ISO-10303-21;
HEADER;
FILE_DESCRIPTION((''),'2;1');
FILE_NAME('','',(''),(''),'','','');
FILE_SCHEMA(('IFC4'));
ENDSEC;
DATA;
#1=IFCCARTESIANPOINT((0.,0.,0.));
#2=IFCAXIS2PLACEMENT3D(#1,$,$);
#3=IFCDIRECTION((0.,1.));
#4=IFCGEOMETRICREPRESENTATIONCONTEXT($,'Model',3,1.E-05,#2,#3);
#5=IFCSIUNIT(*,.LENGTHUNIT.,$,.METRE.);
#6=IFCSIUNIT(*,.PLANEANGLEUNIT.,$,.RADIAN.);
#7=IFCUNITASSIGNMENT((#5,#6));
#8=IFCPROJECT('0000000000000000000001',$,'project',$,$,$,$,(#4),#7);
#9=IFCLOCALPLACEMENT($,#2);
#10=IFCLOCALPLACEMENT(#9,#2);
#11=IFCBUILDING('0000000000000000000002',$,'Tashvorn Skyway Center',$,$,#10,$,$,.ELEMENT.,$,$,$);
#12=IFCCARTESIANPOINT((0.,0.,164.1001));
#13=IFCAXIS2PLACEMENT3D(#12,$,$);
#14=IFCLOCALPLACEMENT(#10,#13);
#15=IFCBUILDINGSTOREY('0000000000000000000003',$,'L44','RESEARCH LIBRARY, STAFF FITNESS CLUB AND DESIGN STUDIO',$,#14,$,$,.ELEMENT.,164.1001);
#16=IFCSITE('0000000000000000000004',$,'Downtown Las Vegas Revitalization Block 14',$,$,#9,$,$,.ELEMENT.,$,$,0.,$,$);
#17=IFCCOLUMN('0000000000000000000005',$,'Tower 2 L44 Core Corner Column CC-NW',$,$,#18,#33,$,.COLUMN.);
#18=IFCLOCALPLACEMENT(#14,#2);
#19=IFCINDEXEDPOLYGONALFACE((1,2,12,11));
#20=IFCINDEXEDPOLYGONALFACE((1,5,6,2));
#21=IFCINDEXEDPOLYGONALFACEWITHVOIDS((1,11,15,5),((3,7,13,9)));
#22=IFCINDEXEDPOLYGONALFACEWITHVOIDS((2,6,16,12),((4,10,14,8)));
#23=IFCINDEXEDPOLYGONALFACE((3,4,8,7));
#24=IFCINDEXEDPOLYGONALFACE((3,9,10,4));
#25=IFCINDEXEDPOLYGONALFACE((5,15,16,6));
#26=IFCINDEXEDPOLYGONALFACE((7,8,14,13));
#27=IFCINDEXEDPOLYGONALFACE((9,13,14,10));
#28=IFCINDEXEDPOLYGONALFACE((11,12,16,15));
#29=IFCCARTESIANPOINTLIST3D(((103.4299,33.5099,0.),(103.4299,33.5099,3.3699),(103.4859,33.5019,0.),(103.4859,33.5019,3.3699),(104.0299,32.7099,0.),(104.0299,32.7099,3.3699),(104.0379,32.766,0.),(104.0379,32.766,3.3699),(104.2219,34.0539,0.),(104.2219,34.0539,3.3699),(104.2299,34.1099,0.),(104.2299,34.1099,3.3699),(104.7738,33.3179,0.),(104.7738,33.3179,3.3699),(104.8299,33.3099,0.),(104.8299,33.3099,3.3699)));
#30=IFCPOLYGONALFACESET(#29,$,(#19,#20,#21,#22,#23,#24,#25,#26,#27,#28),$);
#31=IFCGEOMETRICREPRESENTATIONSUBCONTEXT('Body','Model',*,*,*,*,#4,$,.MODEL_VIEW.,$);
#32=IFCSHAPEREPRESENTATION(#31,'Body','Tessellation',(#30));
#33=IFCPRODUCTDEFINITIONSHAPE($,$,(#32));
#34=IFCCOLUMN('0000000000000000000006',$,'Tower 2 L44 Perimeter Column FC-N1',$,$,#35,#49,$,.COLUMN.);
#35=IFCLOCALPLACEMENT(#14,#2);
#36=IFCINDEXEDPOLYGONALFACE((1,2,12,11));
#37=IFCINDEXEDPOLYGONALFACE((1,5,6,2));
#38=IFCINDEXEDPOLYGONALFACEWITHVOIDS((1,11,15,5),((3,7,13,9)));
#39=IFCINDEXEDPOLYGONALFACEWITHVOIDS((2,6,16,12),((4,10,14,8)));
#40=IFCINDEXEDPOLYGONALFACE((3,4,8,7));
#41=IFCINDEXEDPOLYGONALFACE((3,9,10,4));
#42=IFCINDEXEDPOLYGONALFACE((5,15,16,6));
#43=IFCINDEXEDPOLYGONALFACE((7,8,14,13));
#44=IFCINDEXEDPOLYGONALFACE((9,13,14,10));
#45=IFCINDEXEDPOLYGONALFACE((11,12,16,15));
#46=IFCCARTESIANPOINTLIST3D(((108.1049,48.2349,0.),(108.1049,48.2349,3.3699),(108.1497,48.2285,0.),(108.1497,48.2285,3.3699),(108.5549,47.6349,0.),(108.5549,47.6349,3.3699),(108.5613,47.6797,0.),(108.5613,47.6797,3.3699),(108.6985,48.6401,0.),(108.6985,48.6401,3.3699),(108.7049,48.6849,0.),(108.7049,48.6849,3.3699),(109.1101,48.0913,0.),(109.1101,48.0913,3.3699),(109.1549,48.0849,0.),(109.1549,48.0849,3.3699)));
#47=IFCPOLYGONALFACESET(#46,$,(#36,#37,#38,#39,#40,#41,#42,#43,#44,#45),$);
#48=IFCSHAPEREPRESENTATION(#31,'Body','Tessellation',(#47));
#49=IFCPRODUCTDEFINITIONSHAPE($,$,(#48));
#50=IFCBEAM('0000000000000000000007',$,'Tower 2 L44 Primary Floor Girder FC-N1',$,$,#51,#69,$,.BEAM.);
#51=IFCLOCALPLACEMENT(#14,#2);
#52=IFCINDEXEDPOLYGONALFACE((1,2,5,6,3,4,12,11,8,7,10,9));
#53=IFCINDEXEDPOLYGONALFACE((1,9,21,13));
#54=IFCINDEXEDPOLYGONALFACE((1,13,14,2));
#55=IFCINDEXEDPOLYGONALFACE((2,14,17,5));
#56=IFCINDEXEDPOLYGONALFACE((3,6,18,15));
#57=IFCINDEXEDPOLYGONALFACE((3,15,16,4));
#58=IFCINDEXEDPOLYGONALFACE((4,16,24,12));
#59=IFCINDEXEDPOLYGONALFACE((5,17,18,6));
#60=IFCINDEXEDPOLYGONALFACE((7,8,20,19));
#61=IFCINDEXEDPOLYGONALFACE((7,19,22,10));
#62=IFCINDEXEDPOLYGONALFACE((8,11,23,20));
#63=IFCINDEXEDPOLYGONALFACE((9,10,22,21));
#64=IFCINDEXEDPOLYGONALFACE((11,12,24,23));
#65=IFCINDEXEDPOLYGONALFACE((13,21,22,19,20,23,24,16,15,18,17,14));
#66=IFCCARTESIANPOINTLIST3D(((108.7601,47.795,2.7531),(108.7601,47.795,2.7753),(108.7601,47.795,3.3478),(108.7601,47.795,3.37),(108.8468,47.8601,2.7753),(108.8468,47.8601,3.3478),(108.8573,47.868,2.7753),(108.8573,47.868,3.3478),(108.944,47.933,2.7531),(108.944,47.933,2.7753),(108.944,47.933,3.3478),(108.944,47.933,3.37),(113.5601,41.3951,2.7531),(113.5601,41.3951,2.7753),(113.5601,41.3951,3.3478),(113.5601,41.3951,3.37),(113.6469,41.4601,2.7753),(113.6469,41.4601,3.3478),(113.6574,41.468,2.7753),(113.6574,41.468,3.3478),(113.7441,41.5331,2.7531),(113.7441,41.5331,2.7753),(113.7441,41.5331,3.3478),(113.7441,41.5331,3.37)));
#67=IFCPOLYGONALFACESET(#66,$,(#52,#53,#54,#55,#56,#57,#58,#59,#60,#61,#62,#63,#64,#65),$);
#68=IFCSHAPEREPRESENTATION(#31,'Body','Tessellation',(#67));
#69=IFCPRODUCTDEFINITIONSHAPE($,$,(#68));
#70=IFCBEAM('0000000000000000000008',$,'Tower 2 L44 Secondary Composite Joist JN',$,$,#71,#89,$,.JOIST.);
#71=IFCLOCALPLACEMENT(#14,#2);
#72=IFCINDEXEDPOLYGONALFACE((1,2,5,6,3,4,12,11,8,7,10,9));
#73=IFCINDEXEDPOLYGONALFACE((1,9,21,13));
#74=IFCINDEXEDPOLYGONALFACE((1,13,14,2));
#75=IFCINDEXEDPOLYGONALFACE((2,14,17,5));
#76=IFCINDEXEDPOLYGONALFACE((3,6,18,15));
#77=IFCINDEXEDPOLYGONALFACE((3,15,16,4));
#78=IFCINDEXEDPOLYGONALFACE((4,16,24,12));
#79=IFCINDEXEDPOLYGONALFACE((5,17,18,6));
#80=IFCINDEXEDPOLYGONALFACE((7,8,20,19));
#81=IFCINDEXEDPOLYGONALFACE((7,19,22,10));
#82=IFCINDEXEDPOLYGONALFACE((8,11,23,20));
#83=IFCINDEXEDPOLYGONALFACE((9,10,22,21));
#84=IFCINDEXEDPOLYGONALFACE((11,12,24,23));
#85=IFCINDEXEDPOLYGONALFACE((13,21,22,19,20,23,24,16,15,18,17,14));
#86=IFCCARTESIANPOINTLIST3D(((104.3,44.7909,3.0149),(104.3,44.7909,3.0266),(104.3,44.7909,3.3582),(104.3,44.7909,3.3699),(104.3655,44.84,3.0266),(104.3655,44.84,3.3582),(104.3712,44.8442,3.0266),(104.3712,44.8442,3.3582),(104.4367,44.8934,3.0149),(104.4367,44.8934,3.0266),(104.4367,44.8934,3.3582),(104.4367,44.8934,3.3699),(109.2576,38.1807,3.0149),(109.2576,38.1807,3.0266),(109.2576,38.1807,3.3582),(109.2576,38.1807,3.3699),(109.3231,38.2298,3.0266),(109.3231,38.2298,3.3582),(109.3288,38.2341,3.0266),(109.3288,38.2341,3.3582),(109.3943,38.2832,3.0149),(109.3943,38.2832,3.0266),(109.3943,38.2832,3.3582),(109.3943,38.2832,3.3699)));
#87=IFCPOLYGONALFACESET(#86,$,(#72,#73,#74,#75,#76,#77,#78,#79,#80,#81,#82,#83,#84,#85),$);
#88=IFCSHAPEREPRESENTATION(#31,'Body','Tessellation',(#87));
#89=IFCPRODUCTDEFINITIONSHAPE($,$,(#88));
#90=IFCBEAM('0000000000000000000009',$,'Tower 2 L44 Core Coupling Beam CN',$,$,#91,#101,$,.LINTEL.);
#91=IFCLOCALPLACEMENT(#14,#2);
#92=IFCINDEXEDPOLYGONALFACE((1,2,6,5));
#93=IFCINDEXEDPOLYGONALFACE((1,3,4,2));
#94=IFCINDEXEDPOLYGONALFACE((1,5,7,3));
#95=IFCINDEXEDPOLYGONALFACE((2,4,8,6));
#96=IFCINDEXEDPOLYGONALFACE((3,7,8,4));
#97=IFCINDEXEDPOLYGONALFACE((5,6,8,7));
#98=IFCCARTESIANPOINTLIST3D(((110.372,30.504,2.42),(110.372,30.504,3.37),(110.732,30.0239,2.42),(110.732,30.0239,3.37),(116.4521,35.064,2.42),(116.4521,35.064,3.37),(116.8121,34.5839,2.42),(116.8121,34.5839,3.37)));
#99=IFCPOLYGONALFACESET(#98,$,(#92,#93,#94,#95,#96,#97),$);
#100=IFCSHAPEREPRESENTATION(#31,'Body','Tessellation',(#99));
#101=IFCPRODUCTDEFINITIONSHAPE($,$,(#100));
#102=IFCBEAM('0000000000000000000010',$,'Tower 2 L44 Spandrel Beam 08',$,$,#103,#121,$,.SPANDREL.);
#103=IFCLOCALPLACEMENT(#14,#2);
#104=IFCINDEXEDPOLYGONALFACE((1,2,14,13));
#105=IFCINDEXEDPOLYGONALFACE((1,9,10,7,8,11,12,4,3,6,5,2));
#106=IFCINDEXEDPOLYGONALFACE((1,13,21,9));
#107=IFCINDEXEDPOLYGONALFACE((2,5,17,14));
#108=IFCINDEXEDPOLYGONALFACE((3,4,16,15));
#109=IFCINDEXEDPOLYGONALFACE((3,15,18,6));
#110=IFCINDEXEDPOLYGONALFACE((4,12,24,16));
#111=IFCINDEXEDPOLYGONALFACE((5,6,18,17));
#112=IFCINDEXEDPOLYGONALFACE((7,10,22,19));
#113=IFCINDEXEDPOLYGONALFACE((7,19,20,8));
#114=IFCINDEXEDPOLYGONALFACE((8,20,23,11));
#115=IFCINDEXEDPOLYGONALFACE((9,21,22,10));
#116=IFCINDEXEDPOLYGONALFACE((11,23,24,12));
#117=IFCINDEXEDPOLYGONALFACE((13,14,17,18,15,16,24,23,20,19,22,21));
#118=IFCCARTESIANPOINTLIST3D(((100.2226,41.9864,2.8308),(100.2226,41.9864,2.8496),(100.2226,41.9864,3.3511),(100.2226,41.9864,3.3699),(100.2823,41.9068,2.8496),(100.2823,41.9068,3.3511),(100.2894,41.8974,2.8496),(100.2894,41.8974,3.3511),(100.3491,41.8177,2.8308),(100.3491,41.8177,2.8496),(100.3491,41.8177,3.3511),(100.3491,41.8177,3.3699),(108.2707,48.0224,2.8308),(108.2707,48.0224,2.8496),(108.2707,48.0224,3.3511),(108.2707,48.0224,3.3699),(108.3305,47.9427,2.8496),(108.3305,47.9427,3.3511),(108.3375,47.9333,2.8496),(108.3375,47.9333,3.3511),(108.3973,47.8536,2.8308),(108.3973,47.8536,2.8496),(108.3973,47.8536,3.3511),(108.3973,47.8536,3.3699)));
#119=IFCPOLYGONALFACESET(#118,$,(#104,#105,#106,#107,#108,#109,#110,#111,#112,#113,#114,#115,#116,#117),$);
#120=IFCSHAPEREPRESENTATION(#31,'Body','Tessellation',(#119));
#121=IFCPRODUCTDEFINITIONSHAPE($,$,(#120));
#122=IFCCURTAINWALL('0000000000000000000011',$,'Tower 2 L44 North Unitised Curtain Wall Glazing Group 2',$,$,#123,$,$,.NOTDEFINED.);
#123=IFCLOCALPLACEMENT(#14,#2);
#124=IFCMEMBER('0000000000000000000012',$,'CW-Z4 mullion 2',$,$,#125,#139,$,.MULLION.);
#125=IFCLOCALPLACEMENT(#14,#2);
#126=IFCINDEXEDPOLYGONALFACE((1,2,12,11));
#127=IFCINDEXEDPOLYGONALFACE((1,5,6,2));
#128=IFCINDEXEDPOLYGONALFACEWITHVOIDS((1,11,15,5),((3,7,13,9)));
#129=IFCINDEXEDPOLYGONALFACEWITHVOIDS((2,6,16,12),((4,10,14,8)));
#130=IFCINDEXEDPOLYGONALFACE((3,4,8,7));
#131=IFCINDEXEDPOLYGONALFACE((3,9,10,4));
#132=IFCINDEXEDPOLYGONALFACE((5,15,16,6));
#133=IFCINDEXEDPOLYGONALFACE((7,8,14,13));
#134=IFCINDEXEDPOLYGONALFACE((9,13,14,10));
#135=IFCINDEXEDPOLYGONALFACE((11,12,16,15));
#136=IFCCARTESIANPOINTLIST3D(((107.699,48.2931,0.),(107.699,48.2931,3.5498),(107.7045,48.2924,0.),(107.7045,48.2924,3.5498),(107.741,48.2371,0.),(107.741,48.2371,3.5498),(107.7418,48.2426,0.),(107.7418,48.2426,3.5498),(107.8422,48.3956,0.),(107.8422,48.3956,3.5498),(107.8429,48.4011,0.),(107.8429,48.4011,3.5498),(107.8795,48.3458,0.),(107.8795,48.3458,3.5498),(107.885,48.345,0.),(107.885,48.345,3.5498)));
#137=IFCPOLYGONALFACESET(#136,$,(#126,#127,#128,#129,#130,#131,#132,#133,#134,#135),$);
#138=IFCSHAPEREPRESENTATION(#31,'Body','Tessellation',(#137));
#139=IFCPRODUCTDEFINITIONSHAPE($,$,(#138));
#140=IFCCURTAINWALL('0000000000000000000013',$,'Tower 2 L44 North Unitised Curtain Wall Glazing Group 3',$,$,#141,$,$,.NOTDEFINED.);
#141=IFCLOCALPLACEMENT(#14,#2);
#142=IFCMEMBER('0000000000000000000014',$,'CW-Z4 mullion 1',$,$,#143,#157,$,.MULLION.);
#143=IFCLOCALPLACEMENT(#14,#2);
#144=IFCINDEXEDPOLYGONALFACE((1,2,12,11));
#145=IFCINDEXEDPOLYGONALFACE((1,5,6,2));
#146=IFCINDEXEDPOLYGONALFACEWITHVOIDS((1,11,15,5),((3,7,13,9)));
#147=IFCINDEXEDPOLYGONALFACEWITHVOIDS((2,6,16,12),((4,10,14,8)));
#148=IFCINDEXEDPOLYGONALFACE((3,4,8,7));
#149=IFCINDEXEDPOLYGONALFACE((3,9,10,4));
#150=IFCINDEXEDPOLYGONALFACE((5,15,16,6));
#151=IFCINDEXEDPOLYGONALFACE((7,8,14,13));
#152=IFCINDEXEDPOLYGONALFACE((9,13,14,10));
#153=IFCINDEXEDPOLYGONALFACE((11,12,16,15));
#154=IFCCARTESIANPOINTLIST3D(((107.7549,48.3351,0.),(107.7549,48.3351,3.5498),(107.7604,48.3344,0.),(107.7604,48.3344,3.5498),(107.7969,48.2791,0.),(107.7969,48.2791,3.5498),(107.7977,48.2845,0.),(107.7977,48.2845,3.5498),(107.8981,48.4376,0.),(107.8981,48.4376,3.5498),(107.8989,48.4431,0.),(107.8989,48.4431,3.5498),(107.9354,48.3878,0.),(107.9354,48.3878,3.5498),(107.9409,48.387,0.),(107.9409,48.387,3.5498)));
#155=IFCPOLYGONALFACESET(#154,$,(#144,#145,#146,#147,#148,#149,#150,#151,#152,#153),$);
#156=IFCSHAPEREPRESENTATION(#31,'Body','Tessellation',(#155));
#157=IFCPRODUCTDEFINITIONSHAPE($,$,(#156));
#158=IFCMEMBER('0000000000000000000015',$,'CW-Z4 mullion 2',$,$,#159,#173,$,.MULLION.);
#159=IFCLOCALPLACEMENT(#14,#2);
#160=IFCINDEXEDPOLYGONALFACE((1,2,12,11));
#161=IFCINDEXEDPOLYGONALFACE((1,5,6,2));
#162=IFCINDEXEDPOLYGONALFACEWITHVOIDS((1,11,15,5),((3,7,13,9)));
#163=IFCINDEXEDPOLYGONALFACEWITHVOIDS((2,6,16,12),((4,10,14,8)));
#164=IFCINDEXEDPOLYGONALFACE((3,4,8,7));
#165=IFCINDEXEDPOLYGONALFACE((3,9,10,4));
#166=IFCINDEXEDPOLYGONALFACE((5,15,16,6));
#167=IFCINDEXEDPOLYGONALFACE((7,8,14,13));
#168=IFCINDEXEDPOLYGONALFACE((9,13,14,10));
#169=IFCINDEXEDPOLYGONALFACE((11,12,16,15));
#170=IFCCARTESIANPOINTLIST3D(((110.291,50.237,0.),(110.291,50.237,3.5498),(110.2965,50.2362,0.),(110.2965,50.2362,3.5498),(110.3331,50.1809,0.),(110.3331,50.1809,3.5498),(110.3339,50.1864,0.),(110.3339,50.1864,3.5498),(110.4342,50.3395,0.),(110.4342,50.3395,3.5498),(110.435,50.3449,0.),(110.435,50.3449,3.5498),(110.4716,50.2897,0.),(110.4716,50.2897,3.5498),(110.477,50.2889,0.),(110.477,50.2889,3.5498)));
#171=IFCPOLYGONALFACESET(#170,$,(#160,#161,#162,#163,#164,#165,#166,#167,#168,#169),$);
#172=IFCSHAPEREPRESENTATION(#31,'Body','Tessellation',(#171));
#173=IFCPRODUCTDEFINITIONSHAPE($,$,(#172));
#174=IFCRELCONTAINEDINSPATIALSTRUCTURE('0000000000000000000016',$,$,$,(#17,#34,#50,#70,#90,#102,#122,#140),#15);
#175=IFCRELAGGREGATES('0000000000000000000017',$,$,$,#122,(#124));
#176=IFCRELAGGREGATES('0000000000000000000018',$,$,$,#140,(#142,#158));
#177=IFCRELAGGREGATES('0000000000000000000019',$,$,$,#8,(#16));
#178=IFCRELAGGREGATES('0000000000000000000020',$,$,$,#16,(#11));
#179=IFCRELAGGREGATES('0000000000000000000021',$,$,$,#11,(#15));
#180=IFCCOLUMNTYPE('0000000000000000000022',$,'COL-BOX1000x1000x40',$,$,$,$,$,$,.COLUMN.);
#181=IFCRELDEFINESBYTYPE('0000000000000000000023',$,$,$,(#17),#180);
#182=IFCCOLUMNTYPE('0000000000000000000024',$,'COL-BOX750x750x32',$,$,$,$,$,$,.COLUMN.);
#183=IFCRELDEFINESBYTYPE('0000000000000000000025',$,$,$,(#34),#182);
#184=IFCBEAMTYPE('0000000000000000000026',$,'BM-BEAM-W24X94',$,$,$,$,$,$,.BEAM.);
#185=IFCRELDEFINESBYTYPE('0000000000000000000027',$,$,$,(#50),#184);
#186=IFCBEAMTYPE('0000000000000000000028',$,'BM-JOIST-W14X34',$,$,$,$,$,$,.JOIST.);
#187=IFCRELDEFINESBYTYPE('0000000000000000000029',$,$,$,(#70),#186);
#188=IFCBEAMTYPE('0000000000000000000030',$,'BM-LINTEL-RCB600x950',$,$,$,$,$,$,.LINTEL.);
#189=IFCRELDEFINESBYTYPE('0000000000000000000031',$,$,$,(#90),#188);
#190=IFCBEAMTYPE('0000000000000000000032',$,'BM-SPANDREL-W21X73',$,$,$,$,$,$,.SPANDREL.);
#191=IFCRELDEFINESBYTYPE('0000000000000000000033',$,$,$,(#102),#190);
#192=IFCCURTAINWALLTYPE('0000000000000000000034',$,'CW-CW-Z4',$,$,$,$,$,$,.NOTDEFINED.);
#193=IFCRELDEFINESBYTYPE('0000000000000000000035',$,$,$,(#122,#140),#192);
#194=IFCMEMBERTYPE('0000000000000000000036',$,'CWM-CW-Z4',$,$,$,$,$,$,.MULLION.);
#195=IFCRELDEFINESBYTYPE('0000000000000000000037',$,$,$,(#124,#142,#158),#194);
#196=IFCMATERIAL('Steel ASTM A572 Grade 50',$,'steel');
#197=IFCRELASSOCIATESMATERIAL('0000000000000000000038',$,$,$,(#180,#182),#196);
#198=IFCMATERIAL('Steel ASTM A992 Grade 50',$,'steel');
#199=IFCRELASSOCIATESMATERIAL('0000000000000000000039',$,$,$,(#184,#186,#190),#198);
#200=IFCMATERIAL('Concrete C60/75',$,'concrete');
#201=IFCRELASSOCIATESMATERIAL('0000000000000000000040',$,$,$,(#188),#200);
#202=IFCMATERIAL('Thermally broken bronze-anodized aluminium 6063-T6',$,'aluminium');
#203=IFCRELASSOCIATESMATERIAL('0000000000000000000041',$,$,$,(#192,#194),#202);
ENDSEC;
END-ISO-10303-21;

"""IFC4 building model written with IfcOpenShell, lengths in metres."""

from ifc_helpers import new_model, si_unit, direction, frame, origin, origin_2d, place, context, subcontext, project, spatial, rectangle, hollow_rectangle, i_section, extrude, material, material_profile, profile_set, type_object, element, aggregate, save


model = new_model("IFC4")

# Units and contexts
model_context = context("Model", 3, precision=1e-05, world=origin(), true_north=direction((0.0, 1.0)))
body_context = subcontext(model_context, "Body", "Model", "MODEL_VIEW")
ifc_project = project(units=[si_unit("LENGTHUNIT", "METRE"), si_unit("PLANEANGLEUNIT", "RADIAN")], contexts=[model_context])

# Site, building, storey
site_placement = place(None, origin())
site = spatial("IfcSite", under=ifc_project, at=site_placement, Name="Downtown Las Vegas Revitalization Block 14", CompositionType="ELEMENT", RefElevation=0.0)
building_placement = place(site_placement, origin())
building = spatial("IfcBuilding", under=site, at=building_placement, Name="Tashvorn Skyway Center", CompositionType="ELEMENT")
storey_placement = place(building_placement, frame((0.0, 0.0, 164.1001)))
storey = spatial("IfcBuildingStorey", under=building, at=storey_placement, Name="L44", Description="RESEARCH LIBRARY, STAFF FITNESS CLUB AND DESIGN STUDIO", CompositionType="ELEMENT", Elevation=164.1001)

# Columns
ifc_material_1 = material(Name="Steel ASTM A572 Grade 50", Category="steel")
ifc_material_profile_1 = material_profile(ifc_material_1, hollow_rectangle(XDim=1.0, YDim=1.0, WallThickness=0.04, at=origin_2d()), Name="BOX1000x1000x40")
ifc_profile_set_1 = profile_set([ifc_material_profile_1], Name="Steel ASTM A572 Grade 50")
column_type_1 = type_object("IfcColumnType", Name="COL-BOX1000x1000x40", PredefinedType="COLUMN", material=ifc_profile_set_1)
column_1_placement = place(storey_placement, frame((104.1299, 33.4099, 0.0), z_axis=(0.0, 0.0, 1.0), x_axis=(0.8, 0.6, 0.0)))
element("IfcColumn", 1, at=column_1_placement, inside=storey, type_object=column_type_1, Name="Tower 2 L44 Core Corner Column CC-NW", PredefinedType="COLUMN", context=body_context, shape_type="SweptSolid", body=[
    extrude(hollow_rectangle(XDim=1.0, YDim=1.0, WallThickness=0.04, at=origin_2d()), origin(), (0.0, 0.0, 1.0), 3.3699),
])
ifc_material_profile_2 = material_profile(ifc_material_1, hollow_rectangle(XDim=0.75, YDim=0.75, WallThickness=0.032, at=origin_2d()), Name="BOX750x750x32")
ifc_profile_set_2 = profile_set([ifc_material_profile_2], Name="Steel ASTM A572 Grade 50")
column_type_2 = type_object("IfcColumnType", Name="COL-BOX750x750x32", PredefinedType="COLUMN", material=ifc_profile_set_2)
column_2_placement = place(storey_placement, frame((108.6299, 48.1599, 0.0), z_axis=(0.0, 0.0, 1.0), x_axis=(0.8, 0.6, 0.0)))
element("IfcColumn", 2, at=column_2_placement, inside=storey, type_object=column_type_2, Name="Tower 2 L44 Perimeter Column FC-N1", PredefinedType="COLUMN", context=body_context, shape_type="SweptSolid", body=[
    extrude(hollow_rectangle(XDim=0.75, YDim=0.75, WallThickness=0.032, at=origin_2d()), origin(), (0.0, 0.0, 1.0), 3.3699),
])

# Beams
ifc_material_2 = material(Name="Steel ASTM A992 Grade 50", Category="steel")
ifc_material_profile_3 = material_profile(ifc_material_2, i_section(OverallWidth=0.23, OverallDepth=0.6169, WebThickness=0.0132, FlangeThickness=0.0222, at=origin_2d()), Name="W24X94")
ifc_profile_set_3 = profile_set([ifc_material_profile_3], Name="Steel ASTM A992 Grade 50")
beam_type_1 = type_object("IfcBeamType", Name="BM-BEAM-W24X94", PredefinedType="BEAM", material=ifc_profile_set_3)
beam_1_placement = place(storey_placement, frame((108.8521, 47.864, 3.0615), z_axis=(0.60001, -0.799993, 0.0), x_axis=(0.799993, 0.60001, 0.0)))
element("IfcBeam", 3, at=beam_1_placement, inside=storey, type_object=beam_type_1, Name="Tower 2 L44 Primary Floor Girder FC-N1", PredefinedType="BEAM", context=body_context, shape_type="SweptSolid", body=[
    extrude(i_section(OverallWidth=0.23, OverallDepth=0.6169, WebThickness=0.0132, FlangeThickness=0.0222, at=origin_2d()), origin(), (0.0, 0.0, 1.0), 8.0),
])
ifc_material_profile_4 = material_profile(ifc_material_2, i_section(OverallWidth=0.1709, OverallDepth=0.355, WebThickness=0.0071, FlangeThickness=0.0117, at=origin_2d()), Name="W14X34")
ifc_profile_set_4 = profile_set([ifc_material_profile_4], Name="Steel ASTM A992 Grade 50")
beam_type_2 = type_object("IfcBeamType", Name="BM-JOIST-W14X34", PredefinedType="JOIST", material=ifc_profile_set_4)
beam_2_placement = place(storey_placement, frame((109.3259, 38.2319, 3.1924), z_axis=(-0.599995, 0.800004, 0.0), x_axis=(-0.800004, -0.599995, 0.0)))
element("IfcBeam", 4, at=beam_2_placement, inside=storey, type_object=beam_type_2, Name="Tower 2 L44 Secondary Composite Joist JN", PredefinedType="JOIST", context=body_context, shape_type="SweptSolid", body=[
    extrude(i_section(OverallWidth=0.1709, OverallDepth=0.355, WebThickness=0.0071, FlangeThickness=0.0117, at=origin_2d()), origin(), (0.0, 0.0, 1.0), 8.2627),
])
ifc_material_3 = material(Name="Concrete C60/75", Category="concrete")
ifc_material_profile_5 = material_profile(ifc_material_3, rectangle(XDim=0.6001, YDim=0.95, at=origin_2d()), Name="RCB600x950")
ifc_profile_set_5 = profile_set([ifc_material_profile_5], Name="Concrete C60/75")
beam_type_3 = type_object("IfcBeamType", Name="BM-LINTEL-RCB600x950", PredefinedType="LINTEL", material=ifc_profile_set_5)
beam_3_placement = place(storey_placement, frame((110.552, 30.2639, 2.895), z_axis=(0.8, 0.6, 0.0), x_axis=(-0.6, 0.8, 0.0)))
element("IfcBeam", 5, at=beam_3_placement, inside=storey, type_object=beam_type_3, Name="Tower 2 L44 Core Coupling Beam CN", PredefinedType="LINTEL", context=body_context, shape_type="SweptSolid", body=[
    extrude(rectangle(XDim=0.6001, YDim=0.95, at=origin_2d()), origin(), (0.0, 0.0, 1.0), 7.6001),
])
ifc_material_profile_6 = material_profile(ifc_material_2, i_section(OverallWidth=0.2109, OverallDepth=0.5391, WebThickness=0.0117, FlangeThickness=0.0188, at=origin_2d()), Name="W21X73")
ifc_profile_set_6 = profile_set([ifc_material_profile_6], Name="Steel ASTM A992 Grade 50")
beam_type_4 = type_object("IfcBeamType", Name="BM-SPANDREL-W21X73", PredefinedType="SPANDREL", material=ifc_profile_set_6)
beam_4_placement = place(storey_placement, frame((108.334, 47.938, 3.1003), z_axis=(-0.800009, -0.599988, 0.0), x_axis=(0.599988, -0.800009, 0.0)))
element("IfcBeam", 6, at=beam_4_placement, inside=storey, type_object=beam_type_4, Name="Tower 2 L44 Spandrel Beam 08", PredefinedType="SPANDREL", context=body_context, shape_type="SweptSolid", body=[
    extrude(i_section(OverallWidth=0.2109, OverallDepth=0.5391, WebThickness=0.0117, FlangeThickness=0.0188, at=origin_2d()), origin(), (0.0, 0.0, 1.0), 10.0601),
])

# Curtain wall, member
ifc_material_4 = material(Name="Thermally broken bronze-anodized aluminium 6063-T6", Category="aluminium")
curtain_wall_type = type_object("IfcCurtainWallType", Name="CW-CW-Z4", PredefinedType="NOTDEFINED", material=ifc_material_4)
curtain_wall_1_placement = place(storey_placement, origin())
curtain_wall_1 = element("IfcCurtainWall", 7, at=curtain_wall_1_placement, inside=storey, type_object=curtain_wall_type, Name="Tower 2 L44 North Unitised Curtain Wall Glazing Group 2", PredefinedType="NOTDEFINED")
ifc_material_profile_7 = material_profile(ifc_material_4, hollow_rectangle(XDim=0.0701, YDim=0.1799, WallThickness=0.0039, at=origin_2d()), Name="ALU-MULL-70x180")
ifc_profile_set_7 = profile_set([ifc_material_profile_7], Name="Thermally broken bronze-anodized aluminium 6063-T6")
member_type_1 = type_object("IfcMemberType", Name="CWM-CW-Z4", PredefinedType="MULLION", material=ifc_profile_set_7)
member_1_placement = place(storey_placement, frame((107.792, 48.3191, 0.0), z_axis=(0.0, 0.0, 1.0), x_axis=(-0.6, 0.8, 0.0)))
member_1 = element("IfcMember", 8, at=member_1_placement, type_object=member_type_1, Name="CW-Z4 mullion 2", PredefinedType="MULLION", context=body_context, shape_type="SweptSolid", body=[
    extrude(hollow_rectangle(XDim=0.0701, YDim=0.1799, WallThickness=0.0039, at=origin_2d()), origin(), (0.0, 0.0, 1.0), 3.5498),
])
aggregate(curtain_wall_1, [member_1])

# Curtain wall, members
curtain_wall_2_placement = place(storey_placement, origin())
curtain_wall_2 = element("IfcCurtainWall", 9, at=curtain_wall_2_placement, inside=storey, type_object=curtain_wall_type, Name="Tower 2 L44 North Unitised Curtain Wall Glazing Group 3", PredefinedType="NOTDEFINED")
member_2_placement = place(storey_placement, frame((107.8479, 48.3611, 0.0), z_axis=(0.0, 0.0, 1.0), x_axis=(-0.6, 0.8, 0.0)))
member_2 = element("IfcMember", 10, at=member_2_placement, type_object=member_type_1, Name="CW-Z4 mullion 1", PredefinedType="MULLION", context=body_context, shape_type="SweptSolid", body=[
    extrude(hollow_rectangle(XDim=0.0701, YDim=0.1799, WallThickness=0.0039, at=origin_2d()), origin(), (0.0, 0.0, 1.0), 3.5498),
])
member_3_placement = place(storey_placement, frame((110.384, 50.2629, 0.0), z_axis=(0.0, 0.0, 1.0), x_axis=(-0.6, 0.8, 0.0)))
member_3 = element("IfcMember", 11, at=member_3_placement, type_object=member_type_1, Name="CW-Z4 mullion 2", PredefinedType="MULLION", context=body_context, shape_type="SweptSolid", body=[
    extrude(hollow_rectangle(XDim=0.0701, YDim=0.1799, WallThickness=0.0039, at=origin_2d()), origin(), (0.0, 0.0, 1.0), 3.5498),
])
aggregate(curtain_wall_2, [member_2, member_3])

save(model, "model.ifc")
